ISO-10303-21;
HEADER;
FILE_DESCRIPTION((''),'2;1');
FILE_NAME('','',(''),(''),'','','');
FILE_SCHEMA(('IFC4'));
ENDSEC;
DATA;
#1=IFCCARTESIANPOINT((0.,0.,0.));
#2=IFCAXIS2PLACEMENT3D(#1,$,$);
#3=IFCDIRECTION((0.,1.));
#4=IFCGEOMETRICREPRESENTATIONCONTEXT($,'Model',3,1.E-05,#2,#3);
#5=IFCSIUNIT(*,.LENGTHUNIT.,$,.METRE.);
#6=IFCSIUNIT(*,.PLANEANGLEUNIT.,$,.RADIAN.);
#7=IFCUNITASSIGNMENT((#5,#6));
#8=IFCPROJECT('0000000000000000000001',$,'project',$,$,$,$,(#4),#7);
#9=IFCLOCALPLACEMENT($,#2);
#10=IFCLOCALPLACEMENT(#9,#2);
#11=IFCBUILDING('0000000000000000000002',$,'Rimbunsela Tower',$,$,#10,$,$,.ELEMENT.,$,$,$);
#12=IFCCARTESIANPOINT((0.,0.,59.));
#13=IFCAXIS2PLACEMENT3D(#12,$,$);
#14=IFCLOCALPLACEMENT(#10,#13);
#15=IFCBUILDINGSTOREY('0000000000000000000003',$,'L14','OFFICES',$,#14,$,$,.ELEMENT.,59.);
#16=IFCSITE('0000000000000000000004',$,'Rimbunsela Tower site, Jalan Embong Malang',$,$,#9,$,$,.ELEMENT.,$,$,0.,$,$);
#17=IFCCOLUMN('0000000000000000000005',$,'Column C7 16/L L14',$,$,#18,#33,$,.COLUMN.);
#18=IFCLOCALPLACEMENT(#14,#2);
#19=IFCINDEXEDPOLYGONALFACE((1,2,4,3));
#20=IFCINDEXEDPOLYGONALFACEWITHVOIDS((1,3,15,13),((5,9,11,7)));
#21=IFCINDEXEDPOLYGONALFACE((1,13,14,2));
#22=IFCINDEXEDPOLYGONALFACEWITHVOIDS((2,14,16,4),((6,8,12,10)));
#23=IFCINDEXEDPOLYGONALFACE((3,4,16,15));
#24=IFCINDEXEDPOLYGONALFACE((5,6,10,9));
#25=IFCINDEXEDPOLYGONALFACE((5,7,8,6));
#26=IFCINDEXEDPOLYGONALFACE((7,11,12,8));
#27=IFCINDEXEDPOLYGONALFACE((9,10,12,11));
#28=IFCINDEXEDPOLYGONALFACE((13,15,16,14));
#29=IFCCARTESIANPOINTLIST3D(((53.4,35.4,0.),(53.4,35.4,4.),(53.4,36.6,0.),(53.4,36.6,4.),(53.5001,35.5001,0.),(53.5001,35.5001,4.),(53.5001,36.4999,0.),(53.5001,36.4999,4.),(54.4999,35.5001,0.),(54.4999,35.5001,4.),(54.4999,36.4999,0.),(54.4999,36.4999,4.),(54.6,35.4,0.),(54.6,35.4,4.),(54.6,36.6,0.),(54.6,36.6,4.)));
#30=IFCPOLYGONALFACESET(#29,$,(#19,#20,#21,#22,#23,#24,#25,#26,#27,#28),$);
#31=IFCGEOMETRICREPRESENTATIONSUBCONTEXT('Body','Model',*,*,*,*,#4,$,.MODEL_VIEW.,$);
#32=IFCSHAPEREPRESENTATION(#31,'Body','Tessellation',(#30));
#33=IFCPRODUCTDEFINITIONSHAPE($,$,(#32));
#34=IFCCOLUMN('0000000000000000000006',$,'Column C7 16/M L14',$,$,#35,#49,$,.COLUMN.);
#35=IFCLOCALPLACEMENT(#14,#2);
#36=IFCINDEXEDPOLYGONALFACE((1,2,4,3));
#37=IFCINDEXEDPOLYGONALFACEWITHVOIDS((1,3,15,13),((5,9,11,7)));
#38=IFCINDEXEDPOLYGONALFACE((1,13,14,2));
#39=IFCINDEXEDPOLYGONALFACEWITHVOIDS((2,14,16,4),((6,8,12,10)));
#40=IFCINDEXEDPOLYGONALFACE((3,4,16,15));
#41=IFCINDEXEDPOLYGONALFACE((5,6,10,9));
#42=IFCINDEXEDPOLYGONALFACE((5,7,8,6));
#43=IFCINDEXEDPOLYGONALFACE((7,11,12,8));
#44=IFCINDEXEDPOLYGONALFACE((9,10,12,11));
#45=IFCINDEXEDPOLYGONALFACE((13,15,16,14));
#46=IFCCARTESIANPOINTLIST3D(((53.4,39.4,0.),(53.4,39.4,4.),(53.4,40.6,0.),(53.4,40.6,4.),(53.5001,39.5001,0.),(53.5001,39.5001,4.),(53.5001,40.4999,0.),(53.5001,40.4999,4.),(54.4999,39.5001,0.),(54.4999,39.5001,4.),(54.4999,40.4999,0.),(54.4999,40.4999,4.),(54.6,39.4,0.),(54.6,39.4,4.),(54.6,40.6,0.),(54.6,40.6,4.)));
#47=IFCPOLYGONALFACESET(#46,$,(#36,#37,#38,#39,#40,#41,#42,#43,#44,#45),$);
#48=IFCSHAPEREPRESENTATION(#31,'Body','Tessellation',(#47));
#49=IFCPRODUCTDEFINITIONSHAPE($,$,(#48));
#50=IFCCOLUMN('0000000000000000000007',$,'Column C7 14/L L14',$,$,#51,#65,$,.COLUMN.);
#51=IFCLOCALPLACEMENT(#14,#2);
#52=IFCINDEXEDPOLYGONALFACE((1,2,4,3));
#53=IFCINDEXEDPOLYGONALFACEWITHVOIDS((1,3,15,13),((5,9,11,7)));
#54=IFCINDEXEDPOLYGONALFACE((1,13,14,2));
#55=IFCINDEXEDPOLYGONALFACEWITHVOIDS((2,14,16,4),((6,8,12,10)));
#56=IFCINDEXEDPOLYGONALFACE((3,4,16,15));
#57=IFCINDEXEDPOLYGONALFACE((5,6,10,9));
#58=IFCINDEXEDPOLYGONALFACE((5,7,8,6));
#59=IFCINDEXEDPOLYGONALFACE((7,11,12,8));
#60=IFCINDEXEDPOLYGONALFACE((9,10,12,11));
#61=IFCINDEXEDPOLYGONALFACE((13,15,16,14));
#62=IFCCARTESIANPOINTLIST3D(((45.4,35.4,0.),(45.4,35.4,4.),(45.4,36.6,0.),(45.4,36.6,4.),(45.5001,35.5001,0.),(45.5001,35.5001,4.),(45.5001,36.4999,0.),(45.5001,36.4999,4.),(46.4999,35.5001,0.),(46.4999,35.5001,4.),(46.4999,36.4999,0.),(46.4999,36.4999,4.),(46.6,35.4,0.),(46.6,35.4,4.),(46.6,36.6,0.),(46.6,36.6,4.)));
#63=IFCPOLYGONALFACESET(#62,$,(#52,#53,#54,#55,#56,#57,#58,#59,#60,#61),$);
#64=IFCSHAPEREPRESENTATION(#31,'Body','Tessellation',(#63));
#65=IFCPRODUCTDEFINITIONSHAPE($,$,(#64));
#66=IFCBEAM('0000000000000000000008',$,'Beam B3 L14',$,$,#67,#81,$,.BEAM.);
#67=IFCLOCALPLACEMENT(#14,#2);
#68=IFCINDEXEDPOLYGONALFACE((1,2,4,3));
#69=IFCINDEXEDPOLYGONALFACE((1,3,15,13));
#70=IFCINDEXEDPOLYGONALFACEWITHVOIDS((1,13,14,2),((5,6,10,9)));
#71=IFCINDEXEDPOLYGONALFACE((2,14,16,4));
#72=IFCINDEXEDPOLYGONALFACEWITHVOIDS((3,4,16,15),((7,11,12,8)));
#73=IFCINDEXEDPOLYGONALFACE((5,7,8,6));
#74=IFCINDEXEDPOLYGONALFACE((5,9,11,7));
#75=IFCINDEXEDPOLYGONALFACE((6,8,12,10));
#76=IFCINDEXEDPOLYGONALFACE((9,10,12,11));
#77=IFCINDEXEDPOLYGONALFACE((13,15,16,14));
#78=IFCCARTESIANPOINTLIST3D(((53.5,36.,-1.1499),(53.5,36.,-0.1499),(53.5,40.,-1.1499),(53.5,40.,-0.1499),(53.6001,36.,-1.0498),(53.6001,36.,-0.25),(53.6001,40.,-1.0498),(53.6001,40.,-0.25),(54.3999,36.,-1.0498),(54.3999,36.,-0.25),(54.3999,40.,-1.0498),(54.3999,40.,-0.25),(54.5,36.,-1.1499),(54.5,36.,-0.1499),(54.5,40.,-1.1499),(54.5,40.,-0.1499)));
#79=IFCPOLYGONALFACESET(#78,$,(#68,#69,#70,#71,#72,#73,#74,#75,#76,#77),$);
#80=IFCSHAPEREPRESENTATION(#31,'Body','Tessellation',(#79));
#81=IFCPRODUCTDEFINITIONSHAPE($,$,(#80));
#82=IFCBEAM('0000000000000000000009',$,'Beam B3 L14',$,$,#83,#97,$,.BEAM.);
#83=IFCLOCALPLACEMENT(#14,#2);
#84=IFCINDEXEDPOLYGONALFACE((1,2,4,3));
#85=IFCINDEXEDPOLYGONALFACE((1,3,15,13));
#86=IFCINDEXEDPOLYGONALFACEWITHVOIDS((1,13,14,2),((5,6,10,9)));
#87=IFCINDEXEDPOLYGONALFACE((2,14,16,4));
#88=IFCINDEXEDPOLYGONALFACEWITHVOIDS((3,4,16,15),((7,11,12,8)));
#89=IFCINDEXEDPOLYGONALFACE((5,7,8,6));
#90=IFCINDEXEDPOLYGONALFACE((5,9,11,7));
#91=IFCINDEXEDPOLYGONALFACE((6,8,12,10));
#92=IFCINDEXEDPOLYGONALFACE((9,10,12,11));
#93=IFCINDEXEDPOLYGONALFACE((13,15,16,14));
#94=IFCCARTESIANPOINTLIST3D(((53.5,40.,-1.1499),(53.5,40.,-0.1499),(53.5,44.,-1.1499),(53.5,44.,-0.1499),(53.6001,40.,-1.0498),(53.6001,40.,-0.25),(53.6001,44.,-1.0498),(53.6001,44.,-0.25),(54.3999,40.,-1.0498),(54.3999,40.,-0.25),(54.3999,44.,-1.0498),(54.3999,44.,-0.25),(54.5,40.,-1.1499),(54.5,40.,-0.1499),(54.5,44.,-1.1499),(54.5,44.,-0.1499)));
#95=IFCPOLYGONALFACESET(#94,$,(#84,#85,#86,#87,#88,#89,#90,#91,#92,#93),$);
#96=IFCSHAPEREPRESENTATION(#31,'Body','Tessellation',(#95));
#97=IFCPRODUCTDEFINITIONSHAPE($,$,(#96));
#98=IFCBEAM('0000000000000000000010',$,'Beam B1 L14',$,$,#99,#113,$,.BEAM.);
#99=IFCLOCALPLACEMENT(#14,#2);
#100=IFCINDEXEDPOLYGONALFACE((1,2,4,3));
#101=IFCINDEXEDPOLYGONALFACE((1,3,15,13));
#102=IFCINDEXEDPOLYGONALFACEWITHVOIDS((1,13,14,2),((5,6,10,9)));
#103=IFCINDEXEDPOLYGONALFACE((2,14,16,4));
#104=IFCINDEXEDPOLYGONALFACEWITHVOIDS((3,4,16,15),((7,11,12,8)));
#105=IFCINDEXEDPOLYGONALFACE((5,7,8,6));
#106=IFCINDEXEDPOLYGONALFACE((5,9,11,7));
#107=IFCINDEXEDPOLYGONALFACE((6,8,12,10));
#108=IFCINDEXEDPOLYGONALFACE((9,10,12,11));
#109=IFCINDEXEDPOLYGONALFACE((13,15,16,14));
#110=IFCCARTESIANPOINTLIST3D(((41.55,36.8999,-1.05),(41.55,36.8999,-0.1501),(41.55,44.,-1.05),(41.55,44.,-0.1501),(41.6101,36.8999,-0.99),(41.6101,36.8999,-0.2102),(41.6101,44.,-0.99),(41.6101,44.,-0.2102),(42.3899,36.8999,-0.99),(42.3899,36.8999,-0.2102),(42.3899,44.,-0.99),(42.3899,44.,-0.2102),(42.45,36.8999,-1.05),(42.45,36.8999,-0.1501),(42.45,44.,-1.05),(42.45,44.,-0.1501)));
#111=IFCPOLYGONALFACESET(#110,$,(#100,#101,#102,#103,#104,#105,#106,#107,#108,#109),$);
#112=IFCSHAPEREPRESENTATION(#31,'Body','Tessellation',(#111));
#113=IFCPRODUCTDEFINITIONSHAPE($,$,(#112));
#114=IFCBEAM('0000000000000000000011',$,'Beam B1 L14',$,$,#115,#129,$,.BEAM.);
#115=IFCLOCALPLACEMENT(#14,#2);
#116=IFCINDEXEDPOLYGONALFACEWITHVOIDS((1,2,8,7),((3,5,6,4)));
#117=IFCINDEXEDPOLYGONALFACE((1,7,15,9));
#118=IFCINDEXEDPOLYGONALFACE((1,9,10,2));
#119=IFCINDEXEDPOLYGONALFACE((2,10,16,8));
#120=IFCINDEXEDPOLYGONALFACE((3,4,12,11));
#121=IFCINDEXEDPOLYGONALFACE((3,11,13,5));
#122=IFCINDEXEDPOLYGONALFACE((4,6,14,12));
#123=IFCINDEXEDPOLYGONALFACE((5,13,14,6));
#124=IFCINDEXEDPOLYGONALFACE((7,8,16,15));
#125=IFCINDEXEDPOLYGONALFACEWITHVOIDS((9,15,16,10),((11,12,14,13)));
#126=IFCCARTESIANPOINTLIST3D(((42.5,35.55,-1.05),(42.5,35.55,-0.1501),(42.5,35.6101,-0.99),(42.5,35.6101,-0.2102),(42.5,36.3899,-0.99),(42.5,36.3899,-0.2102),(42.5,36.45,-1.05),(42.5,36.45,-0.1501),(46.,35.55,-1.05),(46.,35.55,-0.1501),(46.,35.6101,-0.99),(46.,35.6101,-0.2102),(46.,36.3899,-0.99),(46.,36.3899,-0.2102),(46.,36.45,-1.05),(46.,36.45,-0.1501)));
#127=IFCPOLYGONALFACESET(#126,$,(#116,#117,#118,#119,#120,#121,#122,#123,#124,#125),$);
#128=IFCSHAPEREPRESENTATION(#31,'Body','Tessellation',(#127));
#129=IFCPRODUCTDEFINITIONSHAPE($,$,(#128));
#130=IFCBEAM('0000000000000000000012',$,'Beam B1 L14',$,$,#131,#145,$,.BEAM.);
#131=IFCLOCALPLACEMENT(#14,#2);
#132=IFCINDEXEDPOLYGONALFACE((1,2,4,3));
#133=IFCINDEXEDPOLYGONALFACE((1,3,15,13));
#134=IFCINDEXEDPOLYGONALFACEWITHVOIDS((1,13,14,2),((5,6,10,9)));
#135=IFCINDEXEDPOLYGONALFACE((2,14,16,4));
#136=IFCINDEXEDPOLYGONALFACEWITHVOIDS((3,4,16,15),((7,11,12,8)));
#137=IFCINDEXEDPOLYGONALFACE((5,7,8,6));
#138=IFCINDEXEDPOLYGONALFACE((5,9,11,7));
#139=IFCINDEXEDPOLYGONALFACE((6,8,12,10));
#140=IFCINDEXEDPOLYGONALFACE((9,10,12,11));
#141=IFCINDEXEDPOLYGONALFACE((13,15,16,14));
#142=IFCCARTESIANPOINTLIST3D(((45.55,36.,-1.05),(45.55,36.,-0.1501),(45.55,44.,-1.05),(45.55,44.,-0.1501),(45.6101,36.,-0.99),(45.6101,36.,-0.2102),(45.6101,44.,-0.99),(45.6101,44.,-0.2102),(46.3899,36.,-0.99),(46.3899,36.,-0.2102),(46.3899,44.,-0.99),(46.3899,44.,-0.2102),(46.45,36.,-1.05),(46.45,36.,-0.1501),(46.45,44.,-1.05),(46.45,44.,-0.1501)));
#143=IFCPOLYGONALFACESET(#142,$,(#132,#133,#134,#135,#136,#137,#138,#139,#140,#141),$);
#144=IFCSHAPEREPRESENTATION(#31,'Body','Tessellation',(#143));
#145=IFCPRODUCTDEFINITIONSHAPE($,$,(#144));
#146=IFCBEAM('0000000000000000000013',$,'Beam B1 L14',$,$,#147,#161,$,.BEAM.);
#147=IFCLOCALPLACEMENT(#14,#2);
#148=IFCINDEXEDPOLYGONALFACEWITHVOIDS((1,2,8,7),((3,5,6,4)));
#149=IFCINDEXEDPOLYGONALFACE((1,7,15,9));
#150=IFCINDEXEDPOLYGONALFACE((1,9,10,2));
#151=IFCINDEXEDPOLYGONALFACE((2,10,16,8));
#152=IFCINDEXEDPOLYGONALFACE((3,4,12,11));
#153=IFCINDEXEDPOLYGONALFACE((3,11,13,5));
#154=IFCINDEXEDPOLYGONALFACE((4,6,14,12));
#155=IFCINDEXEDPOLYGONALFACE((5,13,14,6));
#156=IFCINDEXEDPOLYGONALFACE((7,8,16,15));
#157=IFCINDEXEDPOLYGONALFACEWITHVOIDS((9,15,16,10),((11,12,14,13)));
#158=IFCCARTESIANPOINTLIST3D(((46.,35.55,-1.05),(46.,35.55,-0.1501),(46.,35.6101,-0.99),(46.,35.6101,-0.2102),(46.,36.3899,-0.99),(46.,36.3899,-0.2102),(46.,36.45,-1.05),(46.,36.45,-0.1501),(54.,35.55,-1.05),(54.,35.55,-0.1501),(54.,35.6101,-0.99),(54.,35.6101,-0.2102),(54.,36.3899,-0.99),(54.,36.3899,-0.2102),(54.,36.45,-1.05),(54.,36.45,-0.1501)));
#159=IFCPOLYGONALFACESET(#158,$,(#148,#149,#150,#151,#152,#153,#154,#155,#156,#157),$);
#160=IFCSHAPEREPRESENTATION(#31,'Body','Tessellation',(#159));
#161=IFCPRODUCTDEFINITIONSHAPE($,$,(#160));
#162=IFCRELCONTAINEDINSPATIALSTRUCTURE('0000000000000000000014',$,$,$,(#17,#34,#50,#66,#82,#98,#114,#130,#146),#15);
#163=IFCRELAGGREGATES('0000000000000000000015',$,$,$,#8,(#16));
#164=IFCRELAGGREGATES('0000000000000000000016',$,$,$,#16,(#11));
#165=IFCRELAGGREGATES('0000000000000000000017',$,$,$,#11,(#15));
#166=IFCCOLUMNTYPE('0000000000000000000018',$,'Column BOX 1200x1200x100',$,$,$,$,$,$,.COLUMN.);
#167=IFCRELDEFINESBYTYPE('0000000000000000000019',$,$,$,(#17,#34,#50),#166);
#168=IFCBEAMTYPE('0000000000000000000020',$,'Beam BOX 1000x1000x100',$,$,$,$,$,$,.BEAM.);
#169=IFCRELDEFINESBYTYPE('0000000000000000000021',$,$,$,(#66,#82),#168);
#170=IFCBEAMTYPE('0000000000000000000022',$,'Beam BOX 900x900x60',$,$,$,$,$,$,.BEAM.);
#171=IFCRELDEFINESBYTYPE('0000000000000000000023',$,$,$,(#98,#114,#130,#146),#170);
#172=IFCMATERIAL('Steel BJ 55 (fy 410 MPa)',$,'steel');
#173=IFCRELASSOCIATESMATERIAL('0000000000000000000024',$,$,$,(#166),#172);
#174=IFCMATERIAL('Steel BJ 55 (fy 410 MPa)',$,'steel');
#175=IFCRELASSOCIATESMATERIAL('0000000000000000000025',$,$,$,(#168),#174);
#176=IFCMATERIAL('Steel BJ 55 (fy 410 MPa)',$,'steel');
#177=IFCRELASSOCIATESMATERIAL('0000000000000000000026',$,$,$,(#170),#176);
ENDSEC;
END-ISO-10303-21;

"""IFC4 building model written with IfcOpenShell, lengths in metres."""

from ifc_helpers import new_model, si_unit, direction, frame, origin, origin_2d, place, context, subcontext, project, spatial, hollow_rectangle, extrude, material, material_profile, profile_set, type_object, element, save


model = new_model("IFC4")

# Units and contexts
model_context = context("Model", 3, precision=1e-05, world=origin(), true_north=direction((0.0, 1.0)))
body_context = subcontext(model_context, "Body", "Model", "MODEL_VIEW")
ifc_project = project(units=[si_unit("LENGTHUNIT", "METRE"), si_unit("PLANEANGLEUNIT", "RADIAN")], contexts=[model_context])

# Site, building, storey
site_placement = place(None, origin())
site = spatial("IfcSite", under=ifc_project, at=site_placement, Name="Rimbunsela Tower site, Jalan Embong Malang", CompositionType="ELEMENT", RefElevation=0.0)
building_placement = place(site_placement, origin())
building = spatial("IfcBuilding", under=site, at=building_placement, Name="Rimbunsela Tower", CompositionType="ELEMENT")
storey_placement = place(building_placement, frame((0.0, 0.0, 59.0)))
storey = spatial("IfcBuildingStorey", under=building, at=storey_placement, Name="L14", Description="OFFICES", CompositionType="ELEMENT", Elevation=59.0)

# Columns
ifc_material_1 = material(Name="Steel BJ 55 (fy 410 MPa)", Category="steel")
ifc_material_profile_1 = material_profile(ifc_material_1, hollow_rectangle(XDim=1.2, YDim=1.2, WallThickness=0.1001, at=origin_2d()), Name="BOX 1200x1200x100")
ifc_profile_set_1 = profile_set([ifc_material_profile_1], Name="Steel BJ 55 (fy 410 MPa)")
column_type = type_object("IfcColumnType", Name="Column BOX 1200x1200x100", PredefinedType="COLUMN", material=ifc_profile_set_1)
for number, where, z_axis, x_axis, name in (
    (1, (54.0, 36.0, 0.0), (0.0, 0.0, 1.0), (1.0, 0.0, 0.0), "Column C7 16/L L14"),
    (2, (54.0, 40.0, 0.0), (0.0, 0.0, 1.0), (1.0, 0.0, 0.0), "Column C7 16/M L14"),
    (3, (46.0, 36.0, 0.0), (0.0, 0.0, 1.0), (1.0, 0.0, 0.0), "Column C7 14/L L14"),
):
    element("IfcColumn", number, at=place(storey_placement, frame(where, z_axis=z_axis, x_axis=x_axis)), inside=storey, type_object=column_type, Name=name, PredefinedType="COLUMN", context=body_context, shape_type="SweptSolid", body=[
        extrude(hollow_rectangle(XDim=1.2, YDim=1.2, WallThickness=0.1001, at=origin_2d()), origin(), (0.0, 0.0, 1.0), 4.0),
    ])

# Beams
ifc_material_2 = material(Name="Steel BJ 55 (fy 410 MPa)", Category="steel")
ifc_material_profile_2 = material_profile(ifc_material_2, hollow_rectangle(XDim=1.0, YDim=1.0, WallThickness=0.1001, at=origin_2d()), Name="BOX 1000x1000x100")
ifc_profile_set_2 = profile_set([ifc_material_profile_2], Name="Steel BJ 55 (fy 410 MPa)")
beam_type_1 = type_object("IfcBeamType", Name="Beam BOX 1000x1000x100", PredefinedType="BEAM", material=ifc_profile_set_2)
for number, where, z_axis, x_axis, name in (
    (4, (54.0, 36.0, -0.6499), (0.0, 1.0, 0.0), (-1.0, 0.0, 0.0), "Beam B3 L14"),
    (5, (54.0, 40.0, -0.6499), (0.0, 1.0, 0.0), (-1.0, 0.0, 0.0), "Beam B3 L14"),
):
    element("IfcBeam", number, at=place(storey_placement, frame(where, z_axis=z_axis, x_axis=x_axis)), inside=storey, type_object=beam_type_1, Name=name, PredefinedType="BEAM", context=body_context, shape_type="SweptSolid", body=[
        extrude(hollow_rectangle(XDim=1.0, YDim=1.0, WallThickness=0.1001, at=origin_2d()), origin(), (0.0, 0.0, 1.0), 4.0),
    ])
ifc_material_3 = material(Name="Steel BJ 55 (fy 410 MPa)", Category="steel")
ifc_material_profile_3 = material_profile(ifc_material_3, hollow_rectangle(XDim=0.8999, YDim=0.8999, WallThickness=0.0601, at=origin_2d()), Name="BOX 900x900x60")
ifc_profile_set_3 = profile_set([ifc_material_profile_3], Name="Steel BJ 55 (fy 410 MPa)")
beam_type_2 = type_object("IfcBeamType", Name="Beam BOX 900x900x60", PredefinedType="BEAM", material=ifc_profile_set_3)
beam_1_placement = place(storey_placement, frame((42.0, 36.8999, -0.6001), z_axis=(0.0, 1.0, 0.0), x_axis=(-1.0, 0.0, 0.0)))
element("IfcBeam", 6, at=beam_1_placement, inside=storey, type_object=beam_type_2, Name="Beam B1 L14", PredefinedType="BEAM", context=body_context, shape_type="SweptSolid", body=[
    extrude(hollow_rectangle(XDim=0.8999, YDim=0.8999, WallThickness=0.0601, at=origin_2d()), origin(), (0.0, 0.0, 1.0), 7.1001),
])
beam_2_placement = place(storey_placement, frame((42.5, 36.0, -0.6001), z_axis=(1.0, 0.0, 0.0), x_axis=(0.0, 1.0, 0.0)))
element("IfcBeam", 7, at=beam_2_placement, inside=storey, type_object=beam_type_2, Name="Beam B1 L14", PredefinedType="BEAM", context=body_context, shape_type="SweptSolid", body=[
    extrude(hollow_rectangle(XDim=0.8999, YDim=0.8999, WallThickness=0.0601, at=origin_2d()), origin(), (0.0, 0.0, 1.0), 3.5),
])
for number, where, z_axis, x_axis, name in (
    (8, (46.0, 36.0, -0.6001), (0.0, 1.0, 0.0), (-1.0, 0.0, 0.0), "Beam B1 L14"),
    (9, (46.0, 36.0, -0.6001), (1.0, 0.0, 0.0), (0.0, 1.0, 0.0), "Beam B1 L14"),
):
    element("IfcBeam", number, at=place(storey_placement, frame(where, z_axis=z_axis, x_axis=x_axis)), inside=storey, type_object=beam_type_2, Name=name, PredefinedType="BEAM", context=body_context, shape_type="SweptSolid", body=[
        extrude(hollow_rectangle(XDim=0.8999, YDim=0.8999, WallThickness=0.0601, at=origin_2d()), origin(), (0.0, 0.0, 1.0), 8.0),
    ])

save(model, "model.ifc")
